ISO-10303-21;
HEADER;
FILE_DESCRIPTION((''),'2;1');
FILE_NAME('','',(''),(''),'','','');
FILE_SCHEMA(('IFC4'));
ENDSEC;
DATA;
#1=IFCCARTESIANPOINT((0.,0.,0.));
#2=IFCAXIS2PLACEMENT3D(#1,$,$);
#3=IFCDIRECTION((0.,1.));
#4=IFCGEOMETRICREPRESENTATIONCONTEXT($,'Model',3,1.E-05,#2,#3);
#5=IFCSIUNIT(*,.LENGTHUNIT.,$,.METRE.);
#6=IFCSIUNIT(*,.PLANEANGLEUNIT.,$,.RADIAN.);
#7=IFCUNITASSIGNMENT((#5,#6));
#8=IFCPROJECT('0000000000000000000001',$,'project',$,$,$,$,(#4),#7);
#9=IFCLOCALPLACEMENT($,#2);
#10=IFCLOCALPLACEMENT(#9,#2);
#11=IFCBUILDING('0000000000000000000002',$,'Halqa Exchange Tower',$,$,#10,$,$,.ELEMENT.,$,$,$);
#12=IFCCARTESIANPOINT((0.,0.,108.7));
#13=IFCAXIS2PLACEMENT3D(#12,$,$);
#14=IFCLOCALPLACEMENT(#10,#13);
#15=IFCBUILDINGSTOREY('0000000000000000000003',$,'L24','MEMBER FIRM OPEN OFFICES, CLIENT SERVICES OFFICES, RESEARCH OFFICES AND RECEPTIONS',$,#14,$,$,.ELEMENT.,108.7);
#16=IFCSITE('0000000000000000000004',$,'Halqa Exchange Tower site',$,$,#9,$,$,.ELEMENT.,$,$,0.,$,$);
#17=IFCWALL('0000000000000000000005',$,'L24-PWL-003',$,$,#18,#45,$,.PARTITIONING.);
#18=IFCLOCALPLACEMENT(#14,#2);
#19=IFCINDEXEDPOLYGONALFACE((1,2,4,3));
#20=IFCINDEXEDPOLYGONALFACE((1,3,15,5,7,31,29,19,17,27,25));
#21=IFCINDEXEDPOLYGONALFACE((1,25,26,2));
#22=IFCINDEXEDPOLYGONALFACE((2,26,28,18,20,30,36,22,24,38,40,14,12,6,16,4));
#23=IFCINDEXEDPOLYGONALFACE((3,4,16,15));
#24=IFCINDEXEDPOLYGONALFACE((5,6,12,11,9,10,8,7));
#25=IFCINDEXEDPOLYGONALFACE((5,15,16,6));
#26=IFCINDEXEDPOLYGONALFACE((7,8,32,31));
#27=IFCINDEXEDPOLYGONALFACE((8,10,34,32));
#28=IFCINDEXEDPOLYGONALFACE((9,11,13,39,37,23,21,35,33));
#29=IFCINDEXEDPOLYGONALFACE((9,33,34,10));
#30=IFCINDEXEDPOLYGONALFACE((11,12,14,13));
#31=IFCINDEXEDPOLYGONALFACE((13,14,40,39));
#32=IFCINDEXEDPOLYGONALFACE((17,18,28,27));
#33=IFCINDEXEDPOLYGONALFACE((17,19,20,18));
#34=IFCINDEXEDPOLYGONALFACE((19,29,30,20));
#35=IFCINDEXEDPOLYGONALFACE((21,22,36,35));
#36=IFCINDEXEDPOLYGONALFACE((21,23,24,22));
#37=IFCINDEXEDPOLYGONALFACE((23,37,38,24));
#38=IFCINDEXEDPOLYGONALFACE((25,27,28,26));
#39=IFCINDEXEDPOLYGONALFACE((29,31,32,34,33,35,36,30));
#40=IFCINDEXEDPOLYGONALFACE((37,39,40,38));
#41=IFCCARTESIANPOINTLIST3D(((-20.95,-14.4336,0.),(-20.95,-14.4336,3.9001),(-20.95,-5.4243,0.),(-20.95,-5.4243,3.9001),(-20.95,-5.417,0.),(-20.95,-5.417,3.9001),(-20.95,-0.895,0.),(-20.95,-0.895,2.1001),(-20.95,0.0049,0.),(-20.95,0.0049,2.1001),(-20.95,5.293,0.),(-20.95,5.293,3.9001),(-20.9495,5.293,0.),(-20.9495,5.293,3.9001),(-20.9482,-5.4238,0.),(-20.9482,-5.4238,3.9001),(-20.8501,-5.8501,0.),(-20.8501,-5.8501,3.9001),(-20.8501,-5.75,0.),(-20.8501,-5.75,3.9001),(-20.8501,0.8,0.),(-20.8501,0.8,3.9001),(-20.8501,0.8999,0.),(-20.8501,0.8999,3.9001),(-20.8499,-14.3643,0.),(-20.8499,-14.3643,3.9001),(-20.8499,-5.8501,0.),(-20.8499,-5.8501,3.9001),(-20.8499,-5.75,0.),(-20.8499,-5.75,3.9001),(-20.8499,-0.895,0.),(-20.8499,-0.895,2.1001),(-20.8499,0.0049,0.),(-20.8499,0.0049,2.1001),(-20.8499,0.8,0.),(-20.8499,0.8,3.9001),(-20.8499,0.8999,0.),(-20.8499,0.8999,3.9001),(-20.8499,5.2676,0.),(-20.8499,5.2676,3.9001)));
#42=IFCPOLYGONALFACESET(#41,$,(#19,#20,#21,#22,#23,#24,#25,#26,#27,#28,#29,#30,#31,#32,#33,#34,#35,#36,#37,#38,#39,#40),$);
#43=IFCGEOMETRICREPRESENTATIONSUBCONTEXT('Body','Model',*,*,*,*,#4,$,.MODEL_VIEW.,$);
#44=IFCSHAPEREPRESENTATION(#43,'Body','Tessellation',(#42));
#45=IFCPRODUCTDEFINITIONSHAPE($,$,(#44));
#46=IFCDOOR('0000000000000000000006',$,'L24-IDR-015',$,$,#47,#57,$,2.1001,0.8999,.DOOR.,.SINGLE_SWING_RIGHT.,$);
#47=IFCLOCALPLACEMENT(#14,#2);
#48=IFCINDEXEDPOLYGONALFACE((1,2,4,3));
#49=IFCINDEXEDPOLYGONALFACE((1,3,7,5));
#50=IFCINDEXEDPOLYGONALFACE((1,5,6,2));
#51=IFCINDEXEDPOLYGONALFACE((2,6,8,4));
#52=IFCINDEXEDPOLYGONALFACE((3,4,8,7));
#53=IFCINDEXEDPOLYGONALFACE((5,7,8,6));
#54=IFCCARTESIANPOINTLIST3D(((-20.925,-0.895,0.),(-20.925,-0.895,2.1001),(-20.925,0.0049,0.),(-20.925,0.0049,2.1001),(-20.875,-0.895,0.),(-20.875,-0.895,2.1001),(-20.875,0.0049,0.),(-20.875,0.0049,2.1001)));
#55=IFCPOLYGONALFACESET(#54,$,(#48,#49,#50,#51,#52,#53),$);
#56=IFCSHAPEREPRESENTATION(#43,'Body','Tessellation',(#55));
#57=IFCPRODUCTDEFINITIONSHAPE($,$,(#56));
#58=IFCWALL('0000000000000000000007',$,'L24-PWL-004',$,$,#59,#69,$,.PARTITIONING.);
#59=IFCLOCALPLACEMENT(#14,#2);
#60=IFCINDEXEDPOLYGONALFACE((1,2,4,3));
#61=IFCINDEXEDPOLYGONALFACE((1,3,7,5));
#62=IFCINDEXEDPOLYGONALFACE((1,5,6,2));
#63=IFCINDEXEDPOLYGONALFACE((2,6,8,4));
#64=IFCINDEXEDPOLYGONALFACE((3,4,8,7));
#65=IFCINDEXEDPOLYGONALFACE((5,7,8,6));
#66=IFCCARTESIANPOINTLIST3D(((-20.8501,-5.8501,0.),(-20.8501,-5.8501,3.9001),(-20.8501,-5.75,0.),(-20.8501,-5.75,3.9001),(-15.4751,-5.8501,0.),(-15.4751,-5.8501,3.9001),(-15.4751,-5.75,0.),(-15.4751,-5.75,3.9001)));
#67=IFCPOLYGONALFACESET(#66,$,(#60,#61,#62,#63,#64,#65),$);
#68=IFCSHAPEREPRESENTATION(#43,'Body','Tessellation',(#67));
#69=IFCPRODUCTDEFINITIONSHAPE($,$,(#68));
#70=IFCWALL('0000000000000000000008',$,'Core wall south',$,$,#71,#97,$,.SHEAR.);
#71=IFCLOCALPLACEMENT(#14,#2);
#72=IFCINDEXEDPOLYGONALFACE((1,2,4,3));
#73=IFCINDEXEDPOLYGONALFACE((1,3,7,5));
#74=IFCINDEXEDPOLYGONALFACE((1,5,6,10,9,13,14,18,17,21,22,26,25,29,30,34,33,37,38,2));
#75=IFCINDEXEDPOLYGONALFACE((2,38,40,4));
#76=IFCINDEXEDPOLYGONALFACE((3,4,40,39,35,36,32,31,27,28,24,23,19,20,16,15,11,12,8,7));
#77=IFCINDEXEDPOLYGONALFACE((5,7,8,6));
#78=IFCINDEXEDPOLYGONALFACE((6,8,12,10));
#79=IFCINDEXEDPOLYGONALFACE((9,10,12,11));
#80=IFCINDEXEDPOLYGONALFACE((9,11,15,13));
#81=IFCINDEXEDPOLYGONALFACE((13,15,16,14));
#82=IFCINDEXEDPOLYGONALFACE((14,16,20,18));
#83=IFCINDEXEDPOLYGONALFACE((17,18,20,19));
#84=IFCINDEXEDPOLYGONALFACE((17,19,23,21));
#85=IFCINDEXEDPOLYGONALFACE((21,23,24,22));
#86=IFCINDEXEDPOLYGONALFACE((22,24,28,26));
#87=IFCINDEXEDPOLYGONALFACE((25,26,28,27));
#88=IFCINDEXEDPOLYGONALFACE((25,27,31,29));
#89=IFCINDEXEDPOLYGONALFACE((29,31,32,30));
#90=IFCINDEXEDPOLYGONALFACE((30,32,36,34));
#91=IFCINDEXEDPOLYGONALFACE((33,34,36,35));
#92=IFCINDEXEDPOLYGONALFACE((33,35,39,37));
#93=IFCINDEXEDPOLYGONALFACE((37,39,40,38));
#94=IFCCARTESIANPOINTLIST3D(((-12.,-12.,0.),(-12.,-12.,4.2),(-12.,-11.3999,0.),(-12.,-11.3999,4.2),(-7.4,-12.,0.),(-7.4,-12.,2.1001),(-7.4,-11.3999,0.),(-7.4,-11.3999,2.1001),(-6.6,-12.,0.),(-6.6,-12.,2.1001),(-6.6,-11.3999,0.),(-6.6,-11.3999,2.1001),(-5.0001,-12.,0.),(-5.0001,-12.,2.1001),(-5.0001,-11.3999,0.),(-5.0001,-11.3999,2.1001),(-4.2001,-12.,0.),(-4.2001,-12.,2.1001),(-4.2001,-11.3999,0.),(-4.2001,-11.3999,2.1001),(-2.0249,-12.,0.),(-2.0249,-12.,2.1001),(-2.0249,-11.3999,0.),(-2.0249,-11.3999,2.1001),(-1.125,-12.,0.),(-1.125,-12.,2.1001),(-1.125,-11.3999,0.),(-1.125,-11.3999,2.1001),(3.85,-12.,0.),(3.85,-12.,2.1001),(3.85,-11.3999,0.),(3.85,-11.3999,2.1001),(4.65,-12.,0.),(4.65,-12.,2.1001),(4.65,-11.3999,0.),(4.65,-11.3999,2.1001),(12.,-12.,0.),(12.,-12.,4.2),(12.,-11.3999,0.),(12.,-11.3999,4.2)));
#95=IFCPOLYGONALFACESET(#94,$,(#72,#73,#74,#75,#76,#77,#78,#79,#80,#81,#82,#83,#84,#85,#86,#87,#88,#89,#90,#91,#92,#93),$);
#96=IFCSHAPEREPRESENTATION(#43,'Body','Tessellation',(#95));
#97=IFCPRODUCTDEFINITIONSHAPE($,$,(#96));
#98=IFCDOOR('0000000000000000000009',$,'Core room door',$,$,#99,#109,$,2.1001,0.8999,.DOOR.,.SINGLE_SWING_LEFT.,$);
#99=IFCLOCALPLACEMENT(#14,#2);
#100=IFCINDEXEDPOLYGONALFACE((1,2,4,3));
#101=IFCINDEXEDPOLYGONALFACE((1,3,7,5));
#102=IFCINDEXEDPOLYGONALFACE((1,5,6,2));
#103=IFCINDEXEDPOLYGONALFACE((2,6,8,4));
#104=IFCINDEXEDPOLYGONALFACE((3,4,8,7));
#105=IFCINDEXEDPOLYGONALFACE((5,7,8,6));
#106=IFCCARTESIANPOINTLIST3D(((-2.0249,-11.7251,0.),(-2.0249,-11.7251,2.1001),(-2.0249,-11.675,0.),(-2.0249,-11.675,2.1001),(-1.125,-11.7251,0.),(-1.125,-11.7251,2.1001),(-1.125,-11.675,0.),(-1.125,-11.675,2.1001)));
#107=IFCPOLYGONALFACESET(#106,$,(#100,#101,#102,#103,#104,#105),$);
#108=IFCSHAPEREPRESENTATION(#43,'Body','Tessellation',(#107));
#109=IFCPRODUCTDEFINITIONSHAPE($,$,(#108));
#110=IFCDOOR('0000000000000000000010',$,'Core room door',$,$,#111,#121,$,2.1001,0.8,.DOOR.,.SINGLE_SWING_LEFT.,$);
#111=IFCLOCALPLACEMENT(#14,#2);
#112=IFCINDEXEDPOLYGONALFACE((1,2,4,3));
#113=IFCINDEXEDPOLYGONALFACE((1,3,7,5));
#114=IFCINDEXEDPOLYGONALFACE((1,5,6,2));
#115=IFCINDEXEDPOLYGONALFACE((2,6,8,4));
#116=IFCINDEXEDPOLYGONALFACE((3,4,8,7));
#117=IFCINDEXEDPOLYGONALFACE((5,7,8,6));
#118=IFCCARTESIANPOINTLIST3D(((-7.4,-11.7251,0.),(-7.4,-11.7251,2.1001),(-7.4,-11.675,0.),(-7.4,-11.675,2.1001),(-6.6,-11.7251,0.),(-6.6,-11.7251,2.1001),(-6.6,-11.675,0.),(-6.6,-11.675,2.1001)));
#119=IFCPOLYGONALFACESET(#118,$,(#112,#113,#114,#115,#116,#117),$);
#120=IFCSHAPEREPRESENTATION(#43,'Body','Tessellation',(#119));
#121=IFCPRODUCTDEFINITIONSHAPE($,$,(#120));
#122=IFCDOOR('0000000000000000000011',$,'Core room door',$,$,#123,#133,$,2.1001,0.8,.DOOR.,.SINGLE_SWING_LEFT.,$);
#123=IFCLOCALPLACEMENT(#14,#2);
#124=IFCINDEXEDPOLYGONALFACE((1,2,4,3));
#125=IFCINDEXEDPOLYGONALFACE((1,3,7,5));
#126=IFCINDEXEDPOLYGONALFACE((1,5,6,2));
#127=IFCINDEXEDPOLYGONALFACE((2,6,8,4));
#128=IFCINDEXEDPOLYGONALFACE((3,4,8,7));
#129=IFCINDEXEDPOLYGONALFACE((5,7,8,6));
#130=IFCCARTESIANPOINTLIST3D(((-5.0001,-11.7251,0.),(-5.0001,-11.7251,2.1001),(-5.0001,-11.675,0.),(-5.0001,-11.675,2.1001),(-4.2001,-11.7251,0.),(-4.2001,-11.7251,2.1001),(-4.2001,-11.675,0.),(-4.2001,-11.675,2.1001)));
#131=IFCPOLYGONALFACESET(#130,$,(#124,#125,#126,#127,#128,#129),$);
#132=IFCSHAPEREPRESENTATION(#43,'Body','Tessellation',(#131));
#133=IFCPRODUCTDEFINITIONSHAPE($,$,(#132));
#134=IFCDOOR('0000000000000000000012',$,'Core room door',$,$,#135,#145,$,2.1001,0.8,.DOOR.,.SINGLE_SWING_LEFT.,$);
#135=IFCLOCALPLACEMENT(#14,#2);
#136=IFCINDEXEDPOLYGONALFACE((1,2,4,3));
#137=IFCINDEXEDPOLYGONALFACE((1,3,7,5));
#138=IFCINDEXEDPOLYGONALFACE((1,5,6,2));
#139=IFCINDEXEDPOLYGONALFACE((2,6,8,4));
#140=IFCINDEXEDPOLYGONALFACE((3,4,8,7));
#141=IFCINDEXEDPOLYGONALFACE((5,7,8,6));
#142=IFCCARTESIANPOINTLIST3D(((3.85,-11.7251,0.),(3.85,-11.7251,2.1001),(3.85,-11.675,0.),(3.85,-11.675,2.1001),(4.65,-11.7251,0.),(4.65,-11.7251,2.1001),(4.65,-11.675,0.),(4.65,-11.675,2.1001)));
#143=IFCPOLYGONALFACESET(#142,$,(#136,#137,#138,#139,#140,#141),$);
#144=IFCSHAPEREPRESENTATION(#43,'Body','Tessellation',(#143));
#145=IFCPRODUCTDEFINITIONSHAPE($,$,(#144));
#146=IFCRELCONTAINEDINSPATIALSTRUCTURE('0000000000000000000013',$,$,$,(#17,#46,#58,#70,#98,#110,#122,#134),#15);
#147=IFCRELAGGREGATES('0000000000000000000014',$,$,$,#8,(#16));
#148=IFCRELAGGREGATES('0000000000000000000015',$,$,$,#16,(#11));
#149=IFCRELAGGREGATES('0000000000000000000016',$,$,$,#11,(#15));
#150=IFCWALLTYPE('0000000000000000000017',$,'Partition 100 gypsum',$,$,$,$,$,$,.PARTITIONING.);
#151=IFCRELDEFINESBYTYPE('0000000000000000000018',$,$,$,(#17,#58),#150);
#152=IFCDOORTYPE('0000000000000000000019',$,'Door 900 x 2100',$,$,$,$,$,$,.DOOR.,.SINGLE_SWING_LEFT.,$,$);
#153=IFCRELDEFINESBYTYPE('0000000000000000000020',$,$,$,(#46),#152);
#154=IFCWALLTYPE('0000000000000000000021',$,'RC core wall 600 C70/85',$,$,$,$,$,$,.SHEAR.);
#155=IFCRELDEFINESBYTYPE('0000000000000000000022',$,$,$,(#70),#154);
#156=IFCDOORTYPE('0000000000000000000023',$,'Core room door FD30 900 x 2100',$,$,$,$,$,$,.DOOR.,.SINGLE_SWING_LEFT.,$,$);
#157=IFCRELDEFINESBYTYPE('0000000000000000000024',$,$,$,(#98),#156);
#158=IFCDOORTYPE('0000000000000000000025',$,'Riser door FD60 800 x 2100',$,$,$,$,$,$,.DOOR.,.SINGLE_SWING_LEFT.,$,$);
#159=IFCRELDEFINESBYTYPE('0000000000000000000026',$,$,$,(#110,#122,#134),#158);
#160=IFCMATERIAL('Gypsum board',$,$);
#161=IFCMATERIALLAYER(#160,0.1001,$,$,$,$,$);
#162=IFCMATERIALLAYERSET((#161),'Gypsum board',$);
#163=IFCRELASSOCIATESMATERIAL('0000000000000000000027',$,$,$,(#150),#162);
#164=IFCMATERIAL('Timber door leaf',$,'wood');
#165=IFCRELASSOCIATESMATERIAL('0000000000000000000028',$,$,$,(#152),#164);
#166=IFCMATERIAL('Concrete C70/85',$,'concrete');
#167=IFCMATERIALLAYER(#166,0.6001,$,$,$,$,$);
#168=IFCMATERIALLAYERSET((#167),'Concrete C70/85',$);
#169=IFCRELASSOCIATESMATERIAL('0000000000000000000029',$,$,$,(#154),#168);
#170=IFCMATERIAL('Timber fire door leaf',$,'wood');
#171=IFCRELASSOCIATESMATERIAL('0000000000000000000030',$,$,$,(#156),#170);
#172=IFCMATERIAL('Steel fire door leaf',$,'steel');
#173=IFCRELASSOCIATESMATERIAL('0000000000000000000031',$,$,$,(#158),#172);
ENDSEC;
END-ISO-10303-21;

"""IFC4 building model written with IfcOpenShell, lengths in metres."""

from ifc_helpers import new_model, si_unit, direction, frame, frame_2d, origin, place, context, subcontext, project, spatial, polyline, rectangle, outline, extrude, material, layer, layer_set, type_object, element, fill, save


model = new_model("IFC4")

# Units and contexts
model_context = context("Model", 3, precision=1e-05, world=origin(), true_north=direction((0.0, 1.0)))
body_context = subcontext(model_context, "Body", "Model", "MODEL_VIEW")
ifc_project = project(units=[si_unit("LENGTHUNIT", "METRE"), si_unit("PLANEANGLEUNIT", "RADIAN")], contexts=[model_context])

# Site, building, storey
site_placement = place(None, origin())
site = spatial("IfcSite", under=ifc_project, at=site_placement, Name="Halqa Exchange Tower site", CompositionType="ELEMENT", RefElevation=0.0)
building_placement = place(site_placement, origin())
building = spatial("IfcBuilding", under=site, at=building_placement, Name="Halqa Exchange Tower", CompositionType="ELEMENT")
storey_placement = place(building_placement, frame((0.0, 0.0, 108.7)))
storey = spatial("IfcBuildingStorey", under=building, at=storey_placement, Name="L24", Description="MEMBER FIRM OPEN OFFICES, CLIENT SERVICES OFFICES, RESEARCH OFFICES AND RECEPTIONS", CompositionType="ELEMENT", Elevation=108.7)

# Shared definitions
ifc_material_1 = material(Name="Concrete C70/85", Category="concrete")

# Wall, opening, door
ifc_material_2 = material(Name="Gypsum board")
ifc_layer_1 = layer(ifc_material_2, 0.1001)
ifc_layer_set_1 = layer_set([ifc_layer_1], Name="Gypsum board")
wall_type_1 = type_object("IfcWallType", Name="Partition 100 gypsum", PredefinedType="PARTITIONING", material=ifc_layer_set_1)
wall_1_placement = place(storey_placement, frame((-20.8999, -14.4336, 0.0), z_axis=(0.0, 0.0, 1.0), x_axis=(0.0, 1.0, 0.0)))
wall_1 = element("IfcWall", 1, at=wall_1_placement, inside=storey, type_object=wall_type_1, Name="L24-PWL-003", PredefinedType="PARTITIONING", context=body_context, shape_type="SweptSolid", body=[
    extrude(outline(polyline([(0.0693, -0.05), (1.7722, -0.05), (3.4751, -0.05), (5.178, -0.05), (6.8809, -0.05), (8.5835, -0.05), (8.5835, -0.0498), (8.6836, -0.0498), (8.6836, -0.05), (10.321, -0.05), (11.9585, -0.05), (13.5962, -0.05), (15.2336, -0.05), (15.2336, -0.0498), (15.3335, -0.0498), (15.3335, -0.05), (16.7893, -0.05), (18.2451, -0.05), (19.7012, -0.05), (19.7266, 0.0496), (19.7266, 0.05), (17.9417, 0.05), (16.1565, 0.05), (14.3716, 0.05), (12.5867, 0.05), (10.8015, 0.05), (9.0166, 0.05), (9.0098, 0.0483), (9.0093, 0.05), (7.2075, 0.05), (5.4055, 0.05), (3.6038, 0.05), (1.8018, 0.05), (0.0, 0.05), (0.0693, -0.05)])), origin(), (0.0, 0.0, 1.0), 3.9001),
])
opening_1_placement = place(wall_1_placement, frame((13.5386, 0.0, 0.0)))
opening_1 = element("IfcOpeningElement", 2, at=opening_1_placement, cuts=wall_1, PredefinedType="OPENING", context=body_context, shape_type="SweptSolid", body=[
    extrude(rectangle(XDim=0.8999, YDim=2.1001, at=frame_2d((0.45, 1.05))), frame((0.0, 0.062, 0.0), z_axis=(0.0, -1.0, 0.0), x_axis=(1.0, 0.0, 0.0)), (0.0, 0.0, 1.0), 0.124),
])
ifc_material_3 = material(Name="Timber door leaf", Category="wood")
door_type_1 = type_object("IfcDoorType", Name="Door 900 x 2100", OperationType="SINGLE_SWING_LEFT", PredefinedType="DOOR", material=ifc_material_3)
door_1_placement = place(opening_1_placement, frame((0.8999, 0.0, 0.0), z_axis=(0.0, 0.0, 1.0), x_axis=(-1.0, 0.0, 0.0)))
door_1 = element("IfcDoor", 3, at=door_1_placement, inside=storey, type_object=door_type_1, Name="L24-IDR-015", OperationType="SINGLE_SWING_RIGHT", OverallHeight=2.1001, OverallWidth=0.8999, PredefinedType="DOOR", context=body_context, shape_type="SweptSolid", body=[
    extrude(rectangle(XDim=0.8999, YDim=2.1001, at=frame_2d((0.45, 1.05))), frame((0.0, 0.0249, 0.0), z_axis=(0.0, -1.0, 0.0), x_axis=(1.0, 0.0, 0.0)), (0.0, 0.0, 1.0), 0.05),
])
fill(opening_1, door_1)

# Wall
wall_2_placement = place(storey_placement, frame((-20.8501, -5.8, 0.0), z_axis=(0.0, 0.0, 1.0), x_axis=(1.0, 0.0, 0.0)))
element("IfcWall", 4, at=wall_2_placement, inside=storey, type_object=wall_type_1, Name="L24-PWL-004", PredefinedType="PARTITIONING", context=body_context, shape_type="SweptSolid", body=[
    extrude(rectangle(XDim=5.375, YDim=0.1001, at=frame_2d((2.6875, 0.0))), origin(), (0.0, 0.0, 1.0), 3.9001),
])

# Wall, openings, doors
ifc_layer_2 = layer(ifc_material_1, 0.6001)
ifc_layer_set_2 = layer_set([ifc_layer_2], Name="Concrete C70/85")
wall_type_2 = type_object("IfcWallType", Name="RC core wall 600 C70/85", PredefinedType="SHEAR", material=ifc_layer_set_2)
wall_3_placement = place(storey_placement, frame((-12.0, -11.7, 0.0), z_axis=(0.0, 0.0, 1.0), x_axis=(1.0, 0.0, 0.0)))
wall_3 = element("IfcWall", 5, at=wall_3_placement, inside=storey, type_object=wall_type_2, Name="Core wall south", PredefinedType="SHEAR", context=body_context, shape_type="SweptSolid", body=[
    extrude(rectangle(XDim=24.0, YDim=0.6001, at=frame_2d((12.0, 0.0))), origin(), (0.0, 0.0, 1.0), 4.2),
])
opening_2_placement = place(wall_3_placement, frame((9.9751, 0.0, 0.0)))
opening_2 = element("IfcOpeningElement", 6, at=opening_2_placement, cuts=wall_3, PredefinedType="OPENING", context=body_context, shape_type="SweptSolid", body=[
    extrude(rectangle(XDim=0.8999, YDim=2.1001, at=frame_2d((0.45, 1.05))), frame((0.0, 0.312, 0.0), z_axis=(0.0, -1.0, 0.0), x_axis=(1.0, 0.0, 0.0)), (0.0, 0.0, 1.0), 0.624),
])
opening_3_placement = place(wall_3_placement, frame((4.6001, 0.0, 0.0)))
opening_3 = element("IfcOpeningElement", 7, at=opening_3_placement, cuts=wall_3, PredefinedType="OPENING", context=body_context, shape_type="SweptSolid", body=[
    extrude(rectangle(XDim=0.8, YDim=2.1001, at=frame_2d((0.3999, 1.05))), frame((0.0, 0.312, 0.0), z_axis=(0.0, -1.0, 0.0), x_axis=(1.0, 0.0, 0.0)), (0.0, 0.0, 1.0), 0.624),
])
opening_4_placement = place(wall_3_placement, frame((7.0, 0.0, 0.0)))
opening_4 = element("IfcOpeningElement", 8, at=opening_4_placement, cuts=wall_3, PredefinedType="OPENING", context=body_context, shape_type="SweptSolid", body=[
    extrude(rectangle(XDim=0.8, YDim=2.1001, at=frame_2d((0.3999, 1.05))), frame((0.0, 0.312, 0.0), z_axis=(0.0, -1.0, 0.0), x_axis=(1.0, 0.0, 0.0)), (0.0, 0.0, 1.0), 0.624),
])
opening_5_placement = place(wall_3_placement, frame((15.8501, 0.0, 0.0)))
opening_5 = element("IfcOpeningElement", 9, at=opening_5_placement, cuts=wall_3, PredefinedType="OPENING", context=body_context, shape_type="SweptSolid", body=[
    extrude(rectangle(XDim=0.8, YDim=2.1001, at=frame_2d((0.3999, 1.05))), frame((0.0, 0.312, 0.0), z_axis=(0.0, -1.0, 0.0), x_axis=(1.0, 0.0, 0.0)), (0.0, 0.0, 1.0), 0.624),
])
ifc_material_4 = material(Name="Timber fire door leaf", Category="wood")
door_type_2 = type_object("IfcDoorType", Name="Core room door FD30 900 x 2100", OperationType="SINGLE_SWING_LEFT", PredefinedType="DOOR", material=ifc_material_4)
door_2_placement = place(opening_2_placement, origin())
door_2 = element("IfcDoor", 10, at=door_2_placement, inside=storey, type_object=door_type_2, Name="Core room door", OperationType="SINGLE_SWING_LEFT", OverallHeight=2.1001, OverallWidth=0.8999, PredefinedType="DOOR", context=body_context, shape_type="SweptSolid", body=[
    extrude(rectangle(XDim=0.8999, YDim=2.1001, at=frame_2d((0.45, 1.05))), frame((0.0, 0.0249, 0.0), z_axis=(0.0, -1.0, 0.0), x_axis=(1.0, 0.0, 0.0)), (0.0, 0.0, 1.0), 0.05),
])
fill(opening_2, door_2)
ifc_material_5 = material(Name="Steel fire door leaf", Category="steel")
door_type_3 = type_object("IfcDoorType", Name="Riser door FD60 800 x 2100", OperationType="SINGLE_SWING_LEFT", PredefinedType="DOOR", material=ifc_material_5)
door_3_placement = place(opening_3_placement, origin())
door_3 = element("IfcDoor", 11, at=door_3_placement, inside=storey, type_object=door_type_3, Name="Core room door", OperationType="SINGLE_SWING_LEFT", OverallHeight=2.1001, OverallWidth=0.8, PredefinedType="DOOR", context=body_context, shape_type="SweptSolid", body=[
    extrude(rectangle(XDim=0.8, YDim=2.1001, at=frame_2d((0.3999, 1.05))), frame((0.0, 0.0249, 0.0), z_axis=(0.0, -1.0, 0.0), x_axis=(1.0, 0.0, 0.0)), (0.0, 0.0, 1.0), 0.05),
])
fill(opening_3, door_3)
door_4_placement = place(opening_4_placement, origin())
door_4 = element("IfcDoor", 12, at=door_4_placement, inside=storey, type_object=door_type_3, Name="Core room door", OperationType="SINGLE_SWING_LEFT", OverallHeight=2.1001, OverallWidth=0.8, PredefinedType="DOOR", context=body_context, shape_type="SweptSolid", body=[
    extrude(rectangle(XDim=0.8, YDim=2.1001, at=frame_2d((0.3999, 1.05))), frame((0.0, 0.0249, 0.0), z_axis=(0.0, -1.0, 0.0), x_axis=(1.0, 0.0, 0.0)), (0.0, 0.0, 1.0), 0.05),
])
fill(opening_4, door_4)
door_5_placement = place(opening_5_placement, origin())
door_5 = element("IfcDoor", 13, at=door_5_placement, inside=storey, type_object=door_type_3, Name="Core room door", OperationType="SINGLE_SWING_LEFT", OverallHeight=2.1001, OverallWidth=0.8, PredefinedType="DOOR", context=body_context, shape_type="SweptSolid", body=[
    extrude(rectangle(XDim=0.8, YDim=2.1001, at=frame_2d((0.3999, 1.05))), frame((0.0, 0.0249, 0.0), z_axis=(0.0, -1.0, 0.0), x_axis=(1.0, 0.0, 0.0)), (0.0, 0.0, 1.0), 0.05),
])
fill(opening_5, door_5)

save(model, "model.ifc")
